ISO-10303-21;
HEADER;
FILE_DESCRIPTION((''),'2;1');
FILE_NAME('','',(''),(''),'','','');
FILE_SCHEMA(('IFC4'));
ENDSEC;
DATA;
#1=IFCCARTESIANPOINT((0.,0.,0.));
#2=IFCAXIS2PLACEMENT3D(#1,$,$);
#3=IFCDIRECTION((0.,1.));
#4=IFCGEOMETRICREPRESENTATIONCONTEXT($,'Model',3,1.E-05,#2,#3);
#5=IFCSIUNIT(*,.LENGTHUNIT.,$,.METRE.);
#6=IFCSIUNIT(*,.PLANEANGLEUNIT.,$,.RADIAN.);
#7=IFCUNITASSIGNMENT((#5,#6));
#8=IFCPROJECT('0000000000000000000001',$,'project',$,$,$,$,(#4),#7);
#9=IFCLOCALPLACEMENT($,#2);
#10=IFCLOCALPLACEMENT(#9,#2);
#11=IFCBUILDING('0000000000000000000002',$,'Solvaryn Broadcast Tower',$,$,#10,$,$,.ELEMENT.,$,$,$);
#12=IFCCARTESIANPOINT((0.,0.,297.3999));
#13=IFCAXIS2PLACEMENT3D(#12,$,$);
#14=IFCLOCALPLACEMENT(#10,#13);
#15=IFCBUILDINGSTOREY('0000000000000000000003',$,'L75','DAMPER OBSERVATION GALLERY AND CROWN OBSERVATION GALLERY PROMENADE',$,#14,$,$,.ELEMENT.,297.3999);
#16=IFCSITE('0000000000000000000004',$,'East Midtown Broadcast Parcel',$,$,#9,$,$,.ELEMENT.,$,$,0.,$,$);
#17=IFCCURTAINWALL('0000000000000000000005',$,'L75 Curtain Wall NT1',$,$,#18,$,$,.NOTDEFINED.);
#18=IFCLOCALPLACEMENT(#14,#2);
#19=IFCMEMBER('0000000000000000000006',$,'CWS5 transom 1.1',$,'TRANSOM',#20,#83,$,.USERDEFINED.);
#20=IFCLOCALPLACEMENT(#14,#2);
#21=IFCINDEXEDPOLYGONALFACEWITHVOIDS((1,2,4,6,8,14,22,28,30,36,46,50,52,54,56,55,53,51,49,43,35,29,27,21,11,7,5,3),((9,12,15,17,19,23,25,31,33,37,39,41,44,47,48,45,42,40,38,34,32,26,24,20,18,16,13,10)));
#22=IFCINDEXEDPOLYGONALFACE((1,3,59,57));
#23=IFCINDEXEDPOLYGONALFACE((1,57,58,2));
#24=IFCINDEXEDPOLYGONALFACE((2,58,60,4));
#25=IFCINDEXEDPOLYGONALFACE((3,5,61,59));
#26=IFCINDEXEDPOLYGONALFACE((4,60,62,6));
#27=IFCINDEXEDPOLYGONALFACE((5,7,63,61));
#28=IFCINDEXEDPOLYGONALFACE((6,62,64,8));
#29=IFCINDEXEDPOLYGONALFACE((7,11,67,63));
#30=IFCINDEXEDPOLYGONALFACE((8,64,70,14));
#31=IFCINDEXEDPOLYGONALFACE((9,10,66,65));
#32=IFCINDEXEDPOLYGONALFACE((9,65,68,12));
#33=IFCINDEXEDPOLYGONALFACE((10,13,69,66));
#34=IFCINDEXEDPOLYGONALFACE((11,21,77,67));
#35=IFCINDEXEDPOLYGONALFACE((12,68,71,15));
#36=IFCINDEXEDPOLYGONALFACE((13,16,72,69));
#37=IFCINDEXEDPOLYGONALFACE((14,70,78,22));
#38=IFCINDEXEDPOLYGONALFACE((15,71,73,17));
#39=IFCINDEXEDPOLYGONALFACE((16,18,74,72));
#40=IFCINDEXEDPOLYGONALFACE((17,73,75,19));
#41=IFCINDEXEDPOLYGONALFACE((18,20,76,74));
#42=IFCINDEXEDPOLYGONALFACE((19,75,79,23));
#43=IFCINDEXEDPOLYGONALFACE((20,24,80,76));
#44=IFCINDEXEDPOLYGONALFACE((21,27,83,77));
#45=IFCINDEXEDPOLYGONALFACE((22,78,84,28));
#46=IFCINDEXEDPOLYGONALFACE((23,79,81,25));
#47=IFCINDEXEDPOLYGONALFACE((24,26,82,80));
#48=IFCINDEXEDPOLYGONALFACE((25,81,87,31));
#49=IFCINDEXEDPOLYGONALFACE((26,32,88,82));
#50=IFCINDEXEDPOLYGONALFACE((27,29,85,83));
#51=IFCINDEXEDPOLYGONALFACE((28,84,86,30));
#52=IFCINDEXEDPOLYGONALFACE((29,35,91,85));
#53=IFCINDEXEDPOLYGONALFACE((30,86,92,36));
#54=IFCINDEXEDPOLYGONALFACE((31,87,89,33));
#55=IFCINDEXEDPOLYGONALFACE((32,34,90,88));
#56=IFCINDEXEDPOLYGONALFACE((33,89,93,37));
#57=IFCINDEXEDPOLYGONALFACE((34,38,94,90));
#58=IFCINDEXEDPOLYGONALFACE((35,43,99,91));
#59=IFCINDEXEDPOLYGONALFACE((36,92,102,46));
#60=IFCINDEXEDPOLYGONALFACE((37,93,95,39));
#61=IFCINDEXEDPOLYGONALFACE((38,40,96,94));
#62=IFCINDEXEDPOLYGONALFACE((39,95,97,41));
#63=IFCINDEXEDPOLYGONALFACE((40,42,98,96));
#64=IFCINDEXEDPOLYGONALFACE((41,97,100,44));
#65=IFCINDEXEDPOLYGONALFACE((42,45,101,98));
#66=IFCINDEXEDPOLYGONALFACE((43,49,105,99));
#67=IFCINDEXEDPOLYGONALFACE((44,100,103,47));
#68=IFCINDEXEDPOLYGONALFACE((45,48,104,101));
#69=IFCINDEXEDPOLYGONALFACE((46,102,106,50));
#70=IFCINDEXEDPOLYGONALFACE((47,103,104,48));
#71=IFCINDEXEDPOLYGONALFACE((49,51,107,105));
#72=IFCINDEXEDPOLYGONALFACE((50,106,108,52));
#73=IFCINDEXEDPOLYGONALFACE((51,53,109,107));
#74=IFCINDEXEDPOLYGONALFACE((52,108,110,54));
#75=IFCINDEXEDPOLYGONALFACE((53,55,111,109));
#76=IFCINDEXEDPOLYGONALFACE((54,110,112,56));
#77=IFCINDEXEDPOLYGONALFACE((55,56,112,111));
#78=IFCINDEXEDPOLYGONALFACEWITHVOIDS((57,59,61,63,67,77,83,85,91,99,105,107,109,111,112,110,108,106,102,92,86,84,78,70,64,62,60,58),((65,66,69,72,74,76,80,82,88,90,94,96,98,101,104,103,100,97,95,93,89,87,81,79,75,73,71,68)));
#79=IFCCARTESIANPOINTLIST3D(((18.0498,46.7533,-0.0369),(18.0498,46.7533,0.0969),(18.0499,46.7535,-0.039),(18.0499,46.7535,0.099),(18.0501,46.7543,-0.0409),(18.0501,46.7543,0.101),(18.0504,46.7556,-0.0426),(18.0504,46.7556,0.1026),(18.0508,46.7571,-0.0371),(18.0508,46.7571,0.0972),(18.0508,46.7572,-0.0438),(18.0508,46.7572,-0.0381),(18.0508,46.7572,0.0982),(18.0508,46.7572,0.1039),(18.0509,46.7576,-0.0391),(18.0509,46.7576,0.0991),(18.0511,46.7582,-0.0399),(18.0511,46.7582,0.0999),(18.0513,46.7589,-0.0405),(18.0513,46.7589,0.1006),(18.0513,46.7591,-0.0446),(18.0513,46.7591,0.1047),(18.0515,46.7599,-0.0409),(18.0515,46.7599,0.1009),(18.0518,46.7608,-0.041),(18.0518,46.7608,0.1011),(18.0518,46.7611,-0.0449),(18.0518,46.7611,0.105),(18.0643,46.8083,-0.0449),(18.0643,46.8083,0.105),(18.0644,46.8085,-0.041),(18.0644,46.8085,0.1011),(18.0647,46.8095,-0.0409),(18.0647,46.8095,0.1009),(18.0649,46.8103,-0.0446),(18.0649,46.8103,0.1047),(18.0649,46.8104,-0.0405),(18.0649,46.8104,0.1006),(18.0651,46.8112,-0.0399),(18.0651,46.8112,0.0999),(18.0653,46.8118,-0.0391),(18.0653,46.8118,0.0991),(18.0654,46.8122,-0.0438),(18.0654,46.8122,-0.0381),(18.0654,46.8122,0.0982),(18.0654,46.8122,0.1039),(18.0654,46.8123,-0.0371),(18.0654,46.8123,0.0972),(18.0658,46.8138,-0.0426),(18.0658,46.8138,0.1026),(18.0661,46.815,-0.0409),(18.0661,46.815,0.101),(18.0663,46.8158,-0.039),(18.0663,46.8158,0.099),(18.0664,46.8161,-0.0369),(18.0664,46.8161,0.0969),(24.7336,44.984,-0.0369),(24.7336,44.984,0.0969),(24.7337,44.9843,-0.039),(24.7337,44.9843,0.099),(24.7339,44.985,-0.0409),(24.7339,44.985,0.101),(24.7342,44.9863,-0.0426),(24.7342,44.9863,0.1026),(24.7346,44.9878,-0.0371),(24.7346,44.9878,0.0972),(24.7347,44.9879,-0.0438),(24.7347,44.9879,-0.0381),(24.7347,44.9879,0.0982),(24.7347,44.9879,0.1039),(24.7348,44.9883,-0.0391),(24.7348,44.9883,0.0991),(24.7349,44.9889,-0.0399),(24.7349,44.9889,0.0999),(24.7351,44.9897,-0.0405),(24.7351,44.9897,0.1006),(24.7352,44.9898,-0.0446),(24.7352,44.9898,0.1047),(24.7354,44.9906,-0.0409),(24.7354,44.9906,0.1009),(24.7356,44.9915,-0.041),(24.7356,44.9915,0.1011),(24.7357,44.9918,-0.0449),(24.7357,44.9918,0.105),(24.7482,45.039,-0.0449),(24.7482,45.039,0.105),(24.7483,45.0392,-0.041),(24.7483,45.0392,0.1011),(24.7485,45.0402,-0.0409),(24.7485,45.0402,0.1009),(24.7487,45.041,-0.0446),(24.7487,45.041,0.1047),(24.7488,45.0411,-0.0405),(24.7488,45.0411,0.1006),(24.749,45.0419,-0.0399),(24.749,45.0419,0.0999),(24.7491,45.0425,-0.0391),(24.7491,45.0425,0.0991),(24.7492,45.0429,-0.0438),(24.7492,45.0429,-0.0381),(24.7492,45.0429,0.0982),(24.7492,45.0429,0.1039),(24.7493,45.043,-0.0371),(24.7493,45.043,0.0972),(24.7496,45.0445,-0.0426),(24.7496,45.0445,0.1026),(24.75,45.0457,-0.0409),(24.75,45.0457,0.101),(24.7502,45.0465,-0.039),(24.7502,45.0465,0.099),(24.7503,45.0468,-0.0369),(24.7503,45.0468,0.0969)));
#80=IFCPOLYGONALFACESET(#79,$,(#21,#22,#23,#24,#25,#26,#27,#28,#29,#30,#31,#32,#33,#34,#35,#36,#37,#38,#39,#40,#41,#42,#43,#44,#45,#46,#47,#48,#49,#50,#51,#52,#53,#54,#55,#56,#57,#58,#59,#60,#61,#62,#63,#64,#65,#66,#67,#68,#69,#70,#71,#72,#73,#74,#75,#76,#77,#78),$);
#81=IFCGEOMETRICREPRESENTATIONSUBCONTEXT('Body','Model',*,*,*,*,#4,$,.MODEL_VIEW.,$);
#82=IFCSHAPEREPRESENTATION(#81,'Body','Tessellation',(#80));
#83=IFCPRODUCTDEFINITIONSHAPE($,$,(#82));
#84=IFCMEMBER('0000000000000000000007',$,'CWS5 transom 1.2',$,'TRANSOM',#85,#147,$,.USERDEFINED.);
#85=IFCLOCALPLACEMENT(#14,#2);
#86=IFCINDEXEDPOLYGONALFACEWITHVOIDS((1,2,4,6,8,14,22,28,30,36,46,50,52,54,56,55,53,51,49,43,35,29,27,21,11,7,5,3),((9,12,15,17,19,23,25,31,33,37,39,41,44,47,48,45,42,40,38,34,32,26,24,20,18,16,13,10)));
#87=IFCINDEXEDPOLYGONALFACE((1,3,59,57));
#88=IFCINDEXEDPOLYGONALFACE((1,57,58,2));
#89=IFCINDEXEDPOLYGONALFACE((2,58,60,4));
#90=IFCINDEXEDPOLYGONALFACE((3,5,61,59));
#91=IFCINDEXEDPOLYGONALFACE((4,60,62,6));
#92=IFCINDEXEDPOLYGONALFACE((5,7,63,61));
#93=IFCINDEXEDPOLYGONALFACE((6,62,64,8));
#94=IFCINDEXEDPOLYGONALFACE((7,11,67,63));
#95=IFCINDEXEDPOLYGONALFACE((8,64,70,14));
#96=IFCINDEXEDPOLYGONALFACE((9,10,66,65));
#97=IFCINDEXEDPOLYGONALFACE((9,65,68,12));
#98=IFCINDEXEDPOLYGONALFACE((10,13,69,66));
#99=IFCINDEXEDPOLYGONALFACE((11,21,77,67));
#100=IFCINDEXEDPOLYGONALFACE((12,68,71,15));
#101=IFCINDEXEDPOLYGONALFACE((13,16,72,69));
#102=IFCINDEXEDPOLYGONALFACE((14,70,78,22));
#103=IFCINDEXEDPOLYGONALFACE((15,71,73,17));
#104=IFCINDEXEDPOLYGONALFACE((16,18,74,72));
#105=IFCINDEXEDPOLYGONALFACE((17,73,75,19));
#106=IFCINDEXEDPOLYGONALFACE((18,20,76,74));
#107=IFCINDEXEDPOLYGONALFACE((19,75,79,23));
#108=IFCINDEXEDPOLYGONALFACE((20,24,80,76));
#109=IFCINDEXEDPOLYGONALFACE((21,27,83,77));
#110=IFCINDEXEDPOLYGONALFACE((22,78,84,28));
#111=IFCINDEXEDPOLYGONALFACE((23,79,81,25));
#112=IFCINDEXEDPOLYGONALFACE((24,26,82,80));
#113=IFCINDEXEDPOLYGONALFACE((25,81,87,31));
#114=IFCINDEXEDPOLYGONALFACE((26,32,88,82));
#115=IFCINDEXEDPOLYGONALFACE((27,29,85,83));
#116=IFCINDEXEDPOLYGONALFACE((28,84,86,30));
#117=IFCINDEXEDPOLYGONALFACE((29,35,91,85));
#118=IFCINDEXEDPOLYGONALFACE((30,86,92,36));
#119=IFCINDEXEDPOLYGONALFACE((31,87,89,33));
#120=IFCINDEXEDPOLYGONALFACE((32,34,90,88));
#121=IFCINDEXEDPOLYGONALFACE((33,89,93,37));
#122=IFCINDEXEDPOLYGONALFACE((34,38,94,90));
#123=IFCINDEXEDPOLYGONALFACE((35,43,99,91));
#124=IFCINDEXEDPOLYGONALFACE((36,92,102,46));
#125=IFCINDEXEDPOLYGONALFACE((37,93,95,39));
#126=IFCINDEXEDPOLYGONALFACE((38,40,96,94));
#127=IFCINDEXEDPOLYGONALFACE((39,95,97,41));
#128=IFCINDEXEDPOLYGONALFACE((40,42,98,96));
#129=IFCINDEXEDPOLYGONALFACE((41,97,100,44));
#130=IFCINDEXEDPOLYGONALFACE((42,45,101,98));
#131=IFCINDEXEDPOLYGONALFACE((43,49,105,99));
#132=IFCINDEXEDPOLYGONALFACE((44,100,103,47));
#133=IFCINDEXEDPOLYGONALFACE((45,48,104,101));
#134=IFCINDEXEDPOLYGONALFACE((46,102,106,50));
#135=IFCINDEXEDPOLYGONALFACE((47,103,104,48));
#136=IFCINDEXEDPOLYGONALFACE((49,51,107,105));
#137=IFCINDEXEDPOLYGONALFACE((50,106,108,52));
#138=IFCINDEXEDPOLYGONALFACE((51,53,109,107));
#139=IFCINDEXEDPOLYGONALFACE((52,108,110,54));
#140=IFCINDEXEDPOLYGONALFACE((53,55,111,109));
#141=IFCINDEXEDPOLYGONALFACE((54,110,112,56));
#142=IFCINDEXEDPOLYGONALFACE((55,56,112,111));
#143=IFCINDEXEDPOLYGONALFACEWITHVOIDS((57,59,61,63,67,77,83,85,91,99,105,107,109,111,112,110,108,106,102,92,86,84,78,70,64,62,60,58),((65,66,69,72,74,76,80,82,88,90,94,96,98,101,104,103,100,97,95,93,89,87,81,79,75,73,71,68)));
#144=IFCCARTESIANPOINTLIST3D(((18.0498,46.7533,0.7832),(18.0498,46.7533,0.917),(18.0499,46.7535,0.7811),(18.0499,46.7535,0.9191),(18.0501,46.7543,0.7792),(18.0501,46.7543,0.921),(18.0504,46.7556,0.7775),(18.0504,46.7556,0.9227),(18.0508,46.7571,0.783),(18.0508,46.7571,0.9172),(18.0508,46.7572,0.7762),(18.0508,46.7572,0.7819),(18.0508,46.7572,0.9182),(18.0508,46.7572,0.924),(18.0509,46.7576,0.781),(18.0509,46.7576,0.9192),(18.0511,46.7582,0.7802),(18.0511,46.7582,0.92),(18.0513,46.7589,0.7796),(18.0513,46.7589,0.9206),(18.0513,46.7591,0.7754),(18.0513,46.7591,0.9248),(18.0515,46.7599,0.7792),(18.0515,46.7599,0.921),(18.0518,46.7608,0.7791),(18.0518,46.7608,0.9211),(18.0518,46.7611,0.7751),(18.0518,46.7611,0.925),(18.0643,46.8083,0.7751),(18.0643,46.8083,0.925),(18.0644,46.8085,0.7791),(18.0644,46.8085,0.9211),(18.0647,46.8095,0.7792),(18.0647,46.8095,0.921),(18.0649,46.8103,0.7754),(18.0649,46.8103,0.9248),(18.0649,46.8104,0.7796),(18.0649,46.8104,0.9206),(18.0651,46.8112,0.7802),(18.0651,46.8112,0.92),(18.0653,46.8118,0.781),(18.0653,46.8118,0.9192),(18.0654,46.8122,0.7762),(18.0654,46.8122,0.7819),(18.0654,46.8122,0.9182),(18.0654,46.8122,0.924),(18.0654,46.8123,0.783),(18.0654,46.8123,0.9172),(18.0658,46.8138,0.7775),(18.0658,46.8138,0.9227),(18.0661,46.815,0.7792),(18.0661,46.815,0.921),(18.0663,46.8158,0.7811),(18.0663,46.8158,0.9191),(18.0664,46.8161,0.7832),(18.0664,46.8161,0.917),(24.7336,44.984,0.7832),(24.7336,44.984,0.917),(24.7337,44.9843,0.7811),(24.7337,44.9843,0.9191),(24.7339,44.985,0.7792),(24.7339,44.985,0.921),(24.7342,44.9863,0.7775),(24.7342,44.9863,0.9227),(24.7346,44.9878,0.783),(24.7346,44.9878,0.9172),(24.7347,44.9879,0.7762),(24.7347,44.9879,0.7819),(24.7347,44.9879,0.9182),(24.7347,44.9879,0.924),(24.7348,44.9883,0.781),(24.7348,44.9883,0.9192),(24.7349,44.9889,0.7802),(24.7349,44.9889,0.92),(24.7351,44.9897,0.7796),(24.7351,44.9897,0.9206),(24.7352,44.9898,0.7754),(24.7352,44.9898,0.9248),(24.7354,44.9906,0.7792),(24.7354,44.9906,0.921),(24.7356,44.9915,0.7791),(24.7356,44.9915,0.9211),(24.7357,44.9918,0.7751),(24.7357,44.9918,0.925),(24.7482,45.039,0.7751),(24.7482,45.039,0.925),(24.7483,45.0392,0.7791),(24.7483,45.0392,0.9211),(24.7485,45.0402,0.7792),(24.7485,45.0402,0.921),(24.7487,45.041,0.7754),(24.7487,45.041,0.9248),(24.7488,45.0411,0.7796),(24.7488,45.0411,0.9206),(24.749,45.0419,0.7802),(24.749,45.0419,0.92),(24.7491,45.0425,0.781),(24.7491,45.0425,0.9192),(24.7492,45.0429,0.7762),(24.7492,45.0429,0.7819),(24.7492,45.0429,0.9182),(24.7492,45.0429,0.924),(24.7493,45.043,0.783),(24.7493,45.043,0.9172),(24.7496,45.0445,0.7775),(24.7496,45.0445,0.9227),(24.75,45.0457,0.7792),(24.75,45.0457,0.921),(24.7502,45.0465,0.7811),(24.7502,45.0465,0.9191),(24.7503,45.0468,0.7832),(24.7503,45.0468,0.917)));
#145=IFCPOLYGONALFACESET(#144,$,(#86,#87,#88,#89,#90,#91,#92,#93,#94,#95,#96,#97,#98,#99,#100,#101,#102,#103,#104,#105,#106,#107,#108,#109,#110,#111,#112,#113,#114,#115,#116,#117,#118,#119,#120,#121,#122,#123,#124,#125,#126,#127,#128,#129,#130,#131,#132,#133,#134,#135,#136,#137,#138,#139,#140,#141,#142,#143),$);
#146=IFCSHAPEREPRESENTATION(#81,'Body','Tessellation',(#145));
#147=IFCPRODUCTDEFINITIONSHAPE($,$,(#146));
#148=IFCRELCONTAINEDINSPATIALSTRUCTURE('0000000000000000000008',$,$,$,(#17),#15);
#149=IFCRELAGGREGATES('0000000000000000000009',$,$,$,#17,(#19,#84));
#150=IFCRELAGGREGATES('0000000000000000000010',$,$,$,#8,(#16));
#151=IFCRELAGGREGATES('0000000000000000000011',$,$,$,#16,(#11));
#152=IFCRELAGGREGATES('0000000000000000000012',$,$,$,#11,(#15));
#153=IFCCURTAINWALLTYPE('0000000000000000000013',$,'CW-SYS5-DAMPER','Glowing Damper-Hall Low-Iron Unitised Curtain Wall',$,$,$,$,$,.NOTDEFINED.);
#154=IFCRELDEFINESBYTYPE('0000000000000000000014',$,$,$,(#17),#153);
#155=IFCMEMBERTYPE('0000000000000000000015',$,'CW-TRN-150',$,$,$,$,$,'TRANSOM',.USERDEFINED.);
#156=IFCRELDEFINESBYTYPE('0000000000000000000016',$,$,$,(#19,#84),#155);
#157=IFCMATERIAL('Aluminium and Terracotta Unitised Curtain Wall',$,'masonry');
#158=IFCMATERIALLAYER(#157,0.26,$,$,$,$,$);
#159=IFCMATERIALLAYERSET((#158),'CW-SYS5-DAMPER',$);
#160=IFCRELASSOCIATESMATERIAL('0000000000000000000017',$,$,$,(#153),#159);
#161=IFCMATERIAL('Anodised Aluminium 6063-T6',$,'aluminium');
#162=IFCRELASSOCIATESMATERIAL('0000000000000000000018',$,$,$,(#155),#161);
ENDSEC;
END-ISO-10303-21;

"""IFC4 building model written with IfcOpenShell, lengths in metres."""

from ifc_helpers import new_model, si_unit, direction, frame, origin, origin_2d, place, context, subcontext, project, spatial, hollow_rectangle, extrude, material, layer, layer_set, material_profile, profile_set, type_object, element, aggregate, save


model = new_model("IFC4")

# Units and contexts
model_context = context("Model", 3, precision=1e-05, world=origin(), true_north=direction((0.0, 1.0)))
body_context = subcontext(model_context, "Body", "Model", "MODEL_VIEW")
ifc_project = project(units=[si_unit("LENGTHUNIT", "METRE"), si_unit("PLANEANGLEUNIT", "RADIAN")], contexts=[model_context])

# Site, building, storey
site_placement = place(None, origin())
site = spatial("IfcSite", under=ifc_project, at=site_placement, Name="East Midtown Broadcast Parcel", CompositionType="ELEMENT", RefElevation=0.0)
building_placement = place(site_placement, origin())
building = spatial("IfcBuilding", under=site, at=building_placement, Name="Solvaryn Broadcast Tower", CompositionType="ELEMENT")
storey_placement = place(building_placement, frame((0.0, 0.0, 297.3999)))
storey = spatial("IfcBuildingStorey", under=building, at=storey_placement, Name="L75", Description="DAMPER OBSERVATION GALLERY AND CROWN OBSERVATION GALLERY PROMENADE", CompositionType="ELEMENT", Elevation=297.3999)

# Shared definitions
ifc_material_1 = material(Name="Aluminium and Terracotta Unitised Curtain Wall", Category="masonry")
ifc_layer_1 = layer(ifc_material_1, 0.26)
ifc_layer_set_1 = layer_set([ifc_layer_1], Name="CW-SYS5-DAMPER")
curtain_wall_type = type_object("IfcCurtainWallType", Name="CW-SYS5-DAMPER", Description="Glowing Damper-Hall Low-Iron Unitised Curtain Wall", PredefinedType="NOTDEFINED", material=ifc_layer_set_1)

# Curtain wall, members
curtain_wall_1_placement = place(storey_placement, origin())
curtain_wall_1 = element("IfcCurtainWall", 1, at=curtain_wall_1_placement, inside=storey, type_object=curtain_wall_type, Name="L75 Curtain Wall NT1", PredefinedType="NOTDEFINED")
ifc_material_2 = material(Name="Anodised Aluminium 6063-T6", Category="aluminium")
ifc_material_profile_1 = material_profile(ifc_material_2, hollow_rectangle(XDim=0.0649, YDim=0.1499, WallThickness=0.0039, InnerFilletRadius=0.0039, OuterFilletRadius=0.0081, at=origin_2d()))
ifc_profile_set_1 = profile_set([ifc_material_profile_1], Name="Anodised Aluminium 6063-T6")
member_type_1 = type_object("IfcMemberType", Name="CW-TRN-150", ElementType="TRANSOM", PredefinedType="USERDEFINED", material=ifc_profile_set_1)
member_1_placement = place(storey_placement, frame((24.7419, 45.0154, 0.03), z_axis=(-0.966704, 0.255897, 0.0), x_axis=(-0.255897, -0.966704, 0.0)))
member_1 = element("IfcMember", 2, at=member_1_placement, type_object=member_type_1, Name="CWS5 transom 1.1", ObjectType="TRANSOM", PredefinedType="USERDEFINED", context=body_context, shape_type="SweptSolid", body=[
    extrude(hollow_rectangle(XDim=0.0649, YDim=0.1499, WallThickness=0.0039, InnerFilletRadius=0.0039, OuterFilletRadius=0.0081, at=origin_2d()), origin(), (0.0, 0.0, 1.0), 6.9141),
])
member_2_placement = place(storey_placement, frame((24.7419, 45.0154, 0.8501), z_axis=(-0.966704, 0.255897, 0.0), x_axis=(-0.255897, -0.966704, 0.0)))
member_2 = element("IfcMember", 3, at=member_2_placement, type_object=member_type_1, Name="CWS5 transom 1.2", ObjectType="TRANSOM", PredefinedType="USERDEFINED", context=body_context, shape_type="SweptSolid", body=[
    extrude(hollow_rectangle(XDim=0.0649, YDim=0.1499, WallThickness=0.0039, InnerFilletRadius=0.0039, OuterFilletRadius=0.0081, at=origin_2d()), origin(), (0.0, 0.0, 1.0), 6.9141),
])

aggregate(curtain_wall_1, [member_1, member_2])

save(model, "model.ifc")
